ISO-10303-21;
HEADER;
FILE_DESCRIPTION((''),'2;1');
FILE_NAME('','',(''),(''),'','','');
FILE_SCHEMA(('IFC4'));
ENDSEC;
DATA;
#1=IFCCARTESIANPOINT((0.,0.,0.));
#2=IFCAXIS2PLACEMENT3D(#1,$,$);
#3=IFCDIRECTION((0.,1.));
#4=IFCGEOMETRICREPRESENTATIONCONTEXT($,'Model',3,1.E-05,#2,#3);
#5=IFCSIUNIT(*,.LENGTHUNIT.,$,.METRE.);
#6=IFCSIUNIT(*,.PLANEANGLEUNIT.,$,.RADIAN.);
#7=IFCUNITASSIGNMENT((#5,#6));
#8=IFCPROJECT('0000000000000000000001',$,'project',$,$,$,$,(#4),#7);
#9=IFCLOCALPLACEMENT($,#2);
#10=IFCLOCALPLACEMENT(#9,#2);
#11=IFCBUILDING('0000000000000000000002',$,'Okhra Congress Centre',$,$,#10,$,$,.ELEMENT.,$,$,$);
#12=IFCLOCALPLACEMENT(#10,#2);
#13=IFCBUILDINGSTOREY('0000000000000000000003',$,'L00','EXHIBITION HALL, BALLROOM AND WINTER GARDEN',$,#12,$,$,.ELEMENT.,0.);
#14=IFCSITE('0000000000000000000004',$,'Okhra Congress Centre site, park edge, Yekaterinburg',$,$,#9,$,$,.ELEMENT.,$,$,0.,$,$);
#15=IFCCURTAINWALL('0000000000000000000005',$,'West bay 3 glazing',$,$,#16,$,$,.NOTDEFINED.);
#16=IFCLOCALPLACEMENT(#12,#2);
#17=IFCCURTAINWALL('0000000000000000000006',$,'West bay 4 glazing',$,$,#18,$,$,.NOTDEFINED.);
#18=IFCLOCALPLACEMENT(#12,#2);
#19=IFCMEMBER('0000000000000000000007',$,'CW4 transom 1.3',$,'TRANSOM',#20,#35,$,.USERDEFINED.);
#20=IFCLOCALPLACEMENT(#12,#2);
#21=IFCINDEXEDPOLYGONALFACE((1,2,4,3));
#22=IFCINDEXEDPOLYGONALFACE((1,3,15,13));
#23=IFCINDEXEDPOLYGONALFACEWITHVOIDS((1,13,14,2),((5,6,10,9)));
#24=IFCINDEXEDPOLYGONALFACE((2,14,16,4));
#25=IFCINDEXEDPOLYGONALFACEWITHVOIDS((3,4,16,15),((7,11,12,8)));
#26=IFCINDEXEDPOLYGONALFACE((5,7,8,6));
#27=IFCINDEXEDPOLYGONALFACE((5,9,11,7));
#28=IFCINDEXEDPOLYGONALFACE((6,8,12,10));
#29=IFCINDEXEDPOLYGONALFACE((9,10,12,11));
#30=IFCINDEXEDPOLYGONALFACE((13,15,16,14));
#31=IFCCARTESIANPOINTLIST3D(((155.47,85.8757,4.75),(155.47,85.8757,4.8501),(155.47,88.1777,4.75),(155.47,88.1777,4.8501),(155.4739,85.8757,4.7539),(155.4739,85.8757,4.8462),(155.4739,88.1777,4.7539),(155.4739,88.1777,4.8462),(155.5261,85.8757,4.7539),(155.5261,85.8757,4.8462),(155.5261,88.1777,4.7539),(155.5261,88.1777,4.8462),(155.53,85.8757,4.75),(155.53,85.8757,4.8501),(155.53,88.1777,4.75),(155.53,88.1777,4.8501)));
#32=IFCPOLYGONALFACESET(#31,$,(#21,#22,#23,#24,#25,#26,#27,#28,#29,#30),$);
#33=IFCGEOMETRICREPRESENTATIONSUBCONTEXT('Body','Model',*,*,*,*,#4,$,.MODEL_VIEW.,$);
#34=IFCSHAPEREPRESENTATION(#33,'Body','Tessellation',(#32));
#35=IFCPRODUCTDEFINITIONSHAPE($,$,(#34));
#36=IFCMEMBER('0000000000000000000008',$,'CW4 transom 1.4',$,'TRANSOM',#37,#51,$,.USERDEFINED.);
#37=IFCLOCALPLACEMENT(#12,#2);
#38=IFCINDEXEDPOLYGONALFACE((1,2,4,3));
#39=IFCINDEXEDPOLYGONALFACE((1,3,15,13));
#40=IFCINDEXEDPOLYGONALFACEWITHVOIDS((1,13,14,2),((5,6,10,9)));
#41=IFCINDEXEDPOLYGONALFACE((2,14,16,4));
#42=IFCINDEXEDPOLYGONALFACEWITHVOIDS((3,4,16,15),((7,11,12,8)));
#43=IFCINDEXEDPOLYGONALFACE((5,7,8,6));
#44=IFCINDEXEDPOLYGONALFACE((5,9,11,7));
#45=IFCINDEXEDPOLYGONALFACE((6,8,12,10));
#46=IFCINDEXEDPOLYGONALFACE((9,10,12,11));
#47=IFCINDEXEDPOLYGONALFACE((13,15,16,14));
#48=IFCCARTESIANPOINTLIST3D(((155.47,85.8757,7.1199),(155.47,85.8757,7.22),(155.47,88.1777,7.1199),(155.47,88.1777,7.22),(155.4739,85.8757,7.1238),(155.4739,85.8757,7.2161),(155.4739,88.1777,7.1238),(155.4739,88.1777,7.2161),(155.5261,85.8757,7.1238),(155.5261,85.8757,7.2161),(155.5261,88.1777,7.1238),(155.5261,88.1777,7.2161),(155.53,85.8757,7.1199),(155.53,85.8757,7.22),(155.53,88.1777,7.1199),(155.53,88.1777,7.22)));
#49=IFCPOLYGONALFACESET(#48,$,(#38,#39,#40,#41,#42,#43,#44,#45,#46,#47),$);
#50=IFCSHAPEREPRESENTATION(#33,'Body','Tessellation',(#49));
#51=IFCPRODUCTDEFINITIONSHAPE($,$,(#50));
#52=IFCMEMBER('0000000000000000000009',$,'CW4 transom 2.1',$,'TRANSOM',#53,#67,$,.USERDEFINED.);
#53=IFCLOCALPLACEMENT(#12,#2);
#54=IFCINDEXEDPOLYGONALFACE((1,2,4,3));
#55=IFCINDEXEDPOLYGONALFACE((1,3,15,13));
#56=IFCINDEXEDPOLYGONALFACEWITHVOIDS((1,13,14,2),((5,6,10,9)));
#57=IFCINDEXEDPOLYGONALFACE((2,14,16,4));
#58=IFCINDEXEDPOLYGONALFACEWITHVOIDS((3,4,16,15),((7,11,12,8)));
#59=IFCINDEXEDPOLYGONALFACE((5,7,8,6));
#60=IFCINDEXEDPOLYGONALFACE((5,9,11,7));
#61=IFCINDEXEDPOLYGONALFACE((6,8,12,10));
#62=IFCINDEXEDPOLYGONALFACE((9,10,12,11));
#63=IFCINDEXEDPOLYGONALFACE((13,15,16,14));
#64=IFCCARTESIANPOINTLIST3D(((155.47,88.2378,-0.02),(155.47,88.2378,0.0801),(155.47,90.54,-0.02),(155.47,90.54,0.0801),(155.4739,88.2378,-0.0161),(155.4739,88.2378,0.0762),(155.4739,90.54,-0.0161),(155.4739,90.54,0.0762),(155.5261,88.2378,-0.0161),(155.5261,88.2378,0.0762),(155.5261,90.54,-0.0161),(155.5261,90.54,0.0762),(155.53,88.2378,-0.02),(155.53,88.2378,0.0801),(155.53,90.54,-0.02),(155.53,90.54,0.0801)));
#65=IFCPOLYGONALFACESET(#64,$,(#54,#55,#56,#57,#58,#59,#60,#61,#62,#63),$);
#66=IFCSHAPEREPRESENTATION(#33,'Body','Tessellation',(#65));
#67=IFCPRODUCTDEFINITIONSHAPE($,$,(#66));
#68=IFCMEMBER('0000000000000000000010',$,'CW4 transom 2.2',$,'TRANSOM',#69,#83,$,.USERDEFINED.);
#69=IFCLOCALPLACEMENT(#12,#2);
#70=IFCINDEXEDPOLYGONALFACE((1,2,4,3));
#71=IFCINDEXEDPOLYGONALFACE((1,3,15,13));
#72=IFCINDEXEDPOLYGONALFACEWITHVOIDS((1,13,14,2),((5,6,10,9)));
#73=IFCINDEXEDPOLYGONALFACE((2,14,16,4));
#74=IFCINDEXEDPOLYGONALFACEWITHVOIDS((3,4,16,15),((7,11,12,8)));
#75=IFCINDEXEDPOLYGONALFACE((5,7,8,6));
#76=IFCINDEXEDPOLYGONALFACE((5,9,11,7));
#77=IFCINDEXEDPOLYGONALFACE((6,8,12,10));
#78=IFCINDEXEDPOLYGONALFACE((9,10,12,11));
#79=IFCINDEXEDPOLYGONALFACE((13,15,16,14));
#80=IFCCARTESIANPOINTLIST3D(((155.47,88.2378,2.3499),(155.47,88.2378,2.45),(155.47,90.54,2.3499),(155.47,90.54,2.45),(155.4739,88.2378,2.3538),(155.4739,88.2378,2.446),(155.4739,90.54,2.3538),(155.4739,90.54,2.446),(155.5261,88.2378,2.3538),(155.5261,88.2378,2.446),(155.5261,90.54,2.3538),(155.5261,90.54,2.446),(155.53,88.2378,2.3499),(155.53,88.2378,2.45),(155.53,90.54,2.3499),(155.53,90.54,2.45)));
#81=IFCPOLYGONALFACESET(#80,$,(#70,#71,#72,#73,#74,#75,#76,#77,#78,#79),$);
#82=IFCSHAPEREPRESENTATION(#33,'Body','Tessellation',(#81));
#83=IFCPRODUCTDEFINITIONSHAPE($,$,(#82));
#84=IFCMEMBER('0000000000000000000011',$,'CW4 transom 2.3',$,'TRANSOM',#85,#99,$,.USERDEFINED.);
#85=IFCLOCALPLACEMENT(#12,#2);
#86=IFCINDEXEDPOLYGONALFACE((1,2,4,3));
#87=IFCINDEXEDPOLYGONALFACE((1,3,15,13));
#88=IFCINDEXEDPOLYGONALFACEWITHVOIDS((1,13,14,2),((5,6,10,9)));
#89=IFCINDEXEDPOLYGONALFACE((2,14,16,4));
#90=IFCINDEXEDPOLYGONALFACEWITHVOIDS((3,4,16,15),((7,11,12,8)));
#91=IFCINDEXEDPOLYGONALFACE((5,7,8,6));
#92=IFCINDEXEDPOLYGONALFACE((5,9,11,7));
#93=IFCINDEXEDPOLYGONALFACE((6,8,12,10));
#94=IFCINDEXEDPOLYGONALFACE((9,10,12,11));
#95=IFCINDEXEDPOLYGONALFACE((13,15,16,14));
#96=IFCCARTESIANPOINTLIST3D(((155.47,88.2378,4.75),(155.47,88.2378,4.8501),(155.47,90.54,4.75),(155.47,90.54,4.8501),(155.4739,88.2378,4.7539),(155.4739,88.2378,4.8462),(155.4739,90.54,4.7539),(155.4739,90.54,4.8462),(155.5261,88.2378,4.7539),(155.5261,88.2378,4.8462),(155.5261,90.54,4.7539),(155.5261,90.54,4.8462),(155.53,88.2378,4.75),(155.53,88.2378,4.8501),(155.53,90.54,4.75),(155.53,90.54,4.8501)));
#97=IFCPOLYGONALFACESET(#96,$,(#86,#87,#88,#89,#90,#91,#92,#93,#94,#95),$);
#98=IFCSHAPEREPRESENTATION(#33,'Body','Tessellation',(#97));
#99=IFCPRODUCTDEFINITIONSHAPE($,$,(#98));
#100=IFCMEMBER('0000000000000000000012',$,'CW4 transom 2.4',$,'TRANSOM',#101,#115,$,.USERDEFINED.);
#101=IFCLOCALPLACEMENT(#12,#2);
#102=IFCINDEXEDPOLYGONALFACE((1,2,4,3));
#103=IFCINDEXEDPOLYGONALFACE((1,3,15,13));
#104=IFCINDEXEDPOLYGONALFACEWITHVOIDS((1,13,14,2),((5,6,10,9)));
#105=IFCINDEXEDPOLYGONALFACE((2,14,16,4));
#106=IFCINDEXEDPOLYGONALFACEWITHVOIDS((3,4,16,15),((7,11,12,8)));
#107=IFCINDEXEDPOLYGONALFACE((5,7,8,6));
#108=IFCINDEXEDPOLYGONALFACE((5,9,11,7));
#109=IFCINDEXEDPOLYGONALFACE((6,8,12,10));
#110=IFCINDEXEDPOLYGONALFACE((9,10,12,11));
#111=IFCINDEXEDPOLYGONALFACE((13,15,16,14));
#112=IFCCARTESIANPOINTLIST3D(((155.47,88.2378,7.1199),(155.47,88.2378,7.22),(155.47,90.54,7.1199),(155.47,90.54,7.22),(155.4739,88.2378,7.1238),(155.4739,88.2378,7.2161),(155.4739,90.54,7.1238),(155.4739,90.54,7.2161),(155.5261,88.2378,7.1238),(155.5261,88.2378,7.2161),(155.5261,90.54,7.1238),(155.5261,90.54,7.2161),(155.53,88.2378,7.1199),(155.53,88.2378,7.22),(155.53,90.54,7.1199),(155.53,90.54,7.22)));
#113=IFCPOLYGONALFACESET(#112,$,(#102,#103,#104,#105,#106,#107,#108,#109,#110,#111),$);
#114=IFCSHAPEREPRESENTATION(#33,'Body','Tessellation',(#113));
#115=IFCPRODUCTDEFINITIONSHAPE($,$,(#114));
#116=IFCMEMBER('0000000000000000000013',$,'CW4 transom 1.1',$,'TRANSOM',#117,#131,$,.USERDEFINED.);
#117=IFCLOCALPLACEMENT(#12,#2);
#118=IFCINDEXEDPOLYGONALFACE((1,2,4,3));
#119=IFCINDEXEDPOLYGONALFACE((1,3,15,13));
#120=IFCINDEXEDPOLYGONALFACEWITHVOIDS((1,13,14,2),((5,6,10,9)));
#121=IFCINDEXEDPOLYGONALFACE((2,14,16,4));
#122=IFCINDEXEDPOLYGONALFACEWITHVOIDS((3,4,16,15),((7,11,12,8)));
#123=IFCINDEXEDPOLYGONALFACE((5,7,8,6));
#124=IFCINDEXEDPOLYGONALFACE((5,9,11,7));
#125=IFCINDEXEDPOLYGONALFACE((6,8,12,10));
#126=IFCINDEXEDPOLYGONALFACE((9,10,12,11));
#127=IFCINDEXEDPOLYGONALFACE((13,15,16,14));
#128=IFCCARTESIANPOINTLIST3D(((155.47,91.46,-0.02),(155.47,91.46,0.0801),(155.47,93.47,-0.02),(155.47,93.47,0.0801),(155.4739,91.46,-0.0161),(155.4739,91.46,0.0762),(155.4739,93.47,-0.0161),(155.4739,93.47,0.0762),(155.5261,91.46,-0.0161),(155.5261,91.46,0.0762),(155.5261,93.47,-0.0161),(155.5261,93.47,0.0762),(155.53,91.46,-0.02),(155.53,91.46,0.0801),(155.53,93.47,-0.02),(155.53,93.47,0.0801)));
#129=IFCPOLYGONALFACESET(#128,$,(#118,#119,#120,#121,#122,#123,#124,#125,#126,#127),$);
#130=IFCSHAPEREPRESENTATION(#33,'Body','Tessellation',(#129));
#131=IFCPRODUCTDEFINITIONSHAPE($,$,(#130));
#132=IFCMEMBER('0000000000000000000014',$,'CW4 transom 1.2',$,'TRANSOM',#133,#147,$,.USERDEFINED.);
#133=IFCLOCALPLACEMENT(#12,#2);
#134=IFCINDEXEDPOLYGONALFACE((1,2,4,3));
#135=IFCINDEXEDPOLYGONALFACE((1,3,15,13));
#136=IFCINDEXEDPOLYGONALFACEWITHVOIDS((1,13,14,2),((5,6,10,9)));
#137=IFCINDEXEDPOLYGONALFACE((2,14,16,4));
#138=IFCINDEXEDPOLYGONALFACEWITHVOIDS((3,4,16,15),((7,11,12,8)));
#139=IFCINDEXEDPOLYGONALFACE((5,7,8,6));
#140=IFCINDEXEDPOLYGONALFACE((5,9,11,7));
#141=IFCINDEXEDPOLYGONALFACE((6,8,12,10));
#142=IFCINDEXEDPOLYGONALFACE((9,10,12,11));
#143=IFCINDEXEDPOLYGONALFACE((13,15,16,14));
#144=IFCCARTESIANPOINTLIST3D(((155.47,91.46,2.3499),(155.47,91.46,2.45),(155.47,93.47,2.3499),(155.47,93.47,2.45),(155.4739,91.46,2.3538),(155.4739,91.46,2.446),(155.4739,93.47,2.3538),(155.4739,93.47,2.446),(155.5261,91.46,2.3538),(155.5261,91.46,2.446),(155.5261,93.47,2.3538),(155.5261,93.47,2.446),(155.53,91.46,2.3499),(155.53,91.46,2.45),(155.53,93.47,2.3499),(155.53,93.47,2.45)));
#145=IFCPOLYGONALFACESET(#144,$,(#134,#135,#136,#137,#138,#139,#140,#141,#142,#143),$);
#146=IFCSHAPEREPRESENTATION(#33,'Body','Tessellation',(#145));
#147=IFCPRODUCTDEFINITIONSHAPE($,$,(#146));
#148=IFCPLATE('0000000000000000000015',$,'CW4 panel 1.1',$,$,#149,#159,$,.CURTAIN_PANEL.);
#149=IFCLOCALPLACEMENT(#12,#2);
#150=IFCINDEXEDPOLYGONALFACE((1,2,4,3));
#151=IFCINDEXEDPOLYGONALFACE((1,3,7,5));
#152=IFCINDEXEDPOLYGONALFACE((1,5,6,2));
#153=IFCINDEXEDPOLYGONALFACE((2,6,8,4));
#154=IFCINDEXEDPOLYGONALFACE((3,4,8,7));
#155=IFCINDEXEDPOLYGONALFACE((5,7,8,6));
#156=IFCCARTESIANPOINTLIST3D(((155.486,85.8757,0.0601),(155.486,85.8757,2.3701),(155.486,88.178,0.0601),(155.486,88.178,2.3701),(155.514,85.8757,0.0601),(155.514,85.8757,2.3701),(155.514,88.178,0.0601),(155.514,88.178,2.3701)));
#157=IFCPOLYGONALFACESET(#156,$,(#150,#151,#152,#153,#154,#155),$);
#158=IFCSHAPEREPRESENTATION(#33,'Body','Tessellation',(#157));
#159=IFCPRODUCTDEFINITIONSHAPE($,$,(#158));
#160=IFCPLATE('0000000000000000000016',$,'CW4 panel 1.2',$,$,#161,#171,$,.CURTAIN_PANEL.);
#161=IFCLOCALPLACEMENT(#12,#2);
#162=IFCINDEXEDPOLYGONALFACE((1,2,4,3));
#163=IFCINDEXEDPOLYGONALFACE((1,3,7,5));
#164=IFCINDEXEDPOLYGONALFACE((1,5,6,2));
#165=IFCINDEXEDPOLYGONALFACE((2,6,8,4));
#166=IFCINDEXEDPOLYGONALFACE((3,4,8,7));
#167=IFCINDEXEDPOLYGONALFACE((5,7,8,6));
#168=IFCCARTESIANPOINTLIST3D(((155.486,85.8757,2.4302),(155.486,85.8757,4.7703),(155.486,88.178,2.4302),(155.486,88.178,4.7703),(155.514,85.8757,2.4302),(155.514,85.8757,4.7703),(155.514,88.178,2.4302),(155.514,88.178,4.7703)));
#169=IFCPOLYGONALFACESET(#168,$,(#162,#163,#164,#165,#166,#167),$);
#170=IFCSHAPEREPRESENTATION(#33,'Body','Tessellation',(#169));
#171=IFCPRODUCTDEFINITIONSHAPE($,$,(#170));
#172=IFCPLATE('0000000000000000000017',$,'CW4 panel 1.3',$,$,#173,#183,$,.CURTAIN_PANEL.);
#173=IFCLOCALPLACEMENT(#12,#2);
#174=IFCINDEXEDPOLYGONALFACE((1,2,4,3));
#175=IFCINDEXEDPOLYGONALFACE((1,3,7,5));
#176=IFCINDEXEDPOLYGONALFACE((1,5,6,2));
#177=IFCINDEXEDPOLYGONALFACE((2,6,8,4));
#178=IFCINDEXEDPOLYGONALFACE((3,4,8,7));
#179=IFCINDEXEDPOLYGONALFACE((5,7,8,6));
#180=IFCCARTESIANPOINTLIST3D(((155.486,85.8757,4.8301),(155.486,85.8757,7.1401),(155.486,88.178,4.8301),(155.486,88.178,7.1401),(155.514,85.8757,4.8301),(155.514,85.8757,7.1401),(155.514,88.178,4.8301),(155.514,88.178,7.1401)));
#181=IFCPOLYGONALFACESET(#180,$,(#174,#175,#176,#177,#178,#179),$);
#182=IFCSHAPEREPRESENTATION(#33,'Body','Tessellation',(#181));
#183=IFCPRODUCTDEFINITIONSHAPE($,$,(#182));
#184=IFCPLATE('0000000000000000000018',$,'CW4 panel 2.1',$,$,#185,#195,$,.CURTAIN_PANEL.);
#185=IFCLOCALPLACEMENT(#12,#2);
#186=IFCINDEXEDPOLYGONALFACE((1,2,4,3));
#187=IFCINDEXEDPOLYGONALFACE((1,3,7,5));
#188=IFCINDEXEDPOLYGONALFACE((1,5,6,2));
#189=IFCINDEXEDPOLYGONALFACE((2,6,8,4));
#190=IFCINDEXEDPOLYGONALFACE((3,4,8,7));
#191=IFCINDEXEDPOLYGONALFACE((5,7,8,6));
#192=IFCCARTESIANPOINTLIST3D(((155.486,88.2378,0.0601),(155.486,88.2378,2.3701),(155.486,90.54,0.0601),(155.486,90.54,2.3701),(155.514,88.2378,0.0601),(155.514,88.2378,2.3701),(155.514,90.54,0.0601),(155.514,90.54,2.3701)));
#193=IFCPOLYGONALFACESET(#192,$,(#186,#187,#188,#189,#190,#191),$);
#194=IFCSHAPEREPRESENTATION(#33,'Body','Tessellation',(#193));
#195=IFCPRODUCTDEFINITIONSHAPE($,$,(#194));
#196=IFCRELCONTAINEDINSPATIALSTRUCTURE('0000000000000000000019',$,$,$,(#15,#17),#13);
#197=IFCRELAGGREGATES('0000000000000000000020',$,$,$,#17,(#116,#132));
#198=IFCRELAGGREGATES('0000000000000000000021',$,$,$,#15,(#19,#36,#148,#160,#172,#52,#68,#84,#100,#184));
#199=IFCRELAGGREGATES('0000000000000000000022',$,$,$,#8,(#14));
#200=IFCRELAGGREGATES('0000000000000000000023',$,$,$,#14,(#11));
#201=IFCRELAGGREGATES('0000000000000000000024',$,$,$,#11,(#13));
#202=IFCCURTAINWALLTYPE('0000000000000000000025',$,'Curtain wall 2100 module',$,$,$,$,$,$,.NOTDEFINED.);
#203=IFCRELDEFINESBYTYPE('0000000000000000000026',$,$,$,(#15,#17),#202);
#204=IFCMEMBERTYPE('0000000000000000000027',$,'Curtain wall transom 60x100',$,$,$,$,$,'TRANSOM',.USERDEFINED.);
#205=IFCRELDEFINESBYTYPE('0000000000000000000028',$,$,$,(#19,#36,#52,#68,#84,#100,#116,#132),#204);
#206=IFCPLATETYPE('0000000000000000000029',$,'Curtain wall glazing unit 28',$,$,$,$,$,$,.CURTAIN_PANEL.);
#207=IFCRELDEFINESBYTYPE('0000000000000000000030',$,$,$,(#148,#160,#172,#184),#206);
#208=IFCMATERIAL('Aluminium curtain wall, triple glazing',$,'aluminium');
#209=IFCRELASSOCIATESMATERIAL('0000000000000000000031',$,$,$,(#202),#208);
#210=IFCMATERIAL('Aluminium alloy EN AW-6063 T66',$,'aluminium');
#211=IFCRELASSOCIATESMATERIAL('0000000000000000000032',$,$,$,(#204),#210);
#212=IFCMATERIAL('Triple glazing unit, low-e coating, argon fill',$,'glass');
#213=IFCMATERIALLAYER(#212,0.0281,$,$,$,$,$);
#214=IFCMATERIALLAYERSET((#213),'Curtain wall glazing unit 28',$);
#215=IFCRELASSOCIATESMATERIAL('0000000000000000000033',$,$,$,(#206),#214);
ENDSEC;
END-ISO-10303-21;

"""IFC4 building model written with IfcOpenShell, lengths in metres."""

from ifc_helpers import new_model, si_unit, direction, frame, origin, origin_2d, place, context, subcontext, project, spatial, rectangle, hollow_rectangle, extrude, material, layer, layer_set, material_profile, profile_set, type_object, element, aggregate, save


model = new_model("IFC4")

# Units and contexts
model_context = context("Model", 3, precision=1e-05, world=origin(), true_north=direction((0.0, 1.0)))
body_context = subcontext(model_context, "Body", "Model", "MODEL_VIEW")
ifc_project = project(units=[si_unit("LENGTHUNIT", "METRE"), si_unit("PLANEANGLEUNIT", "RADIAN")], contexts=[model_context])

# Site, building, storey
site_placement = place(None, origin())
site = spatial("IfcSite", under=ifc_project, at=site_placement, Name="Okhra Congress Centre site, park edge, Yekaterinburg", CompositionType="ELEMENT", RefElevation=0.0)
building_placement = place(site_placement, origin())
building = spatial("IfcBuilding", under=site, at=building_placement, Name="Okhra Congress Centre", CompositionType="ELEMENT")
storey_placement = place(building_placement, origin())
storey = spatial("IfcBuildingStorey", under=building, at=storey_placement, Name="L00", Description="EXHIBITION HALL, BALLROOM AND WINTER GARDEN", CompositionType="ELEMENT", Elevation=0.0)

# Curtain wall
ifc_material_1 = material(Name="Aluminium curtain wall, triple glazing", Category="aluminium")
curtain_wall_type = type_object("IfcCurtainWallType", Name="Curtain wall 2100 module", PredefinedType="NOTDEFINED", material=ifc_material_1)
curtain_wall_1_placement = place(storey_placement, origin())
curtain_wall_1 = element("IfcCurtainWall", 1, at=curtain_wall_1_placement, inside=storey, type_object=curtain_wall_type, Name="West bay 3 glazing", PredefinedType="NOTDEFINED")
ifc_material_2 = material(Name="Aluminium alloy EN AW-6063 T66", Category="aluminium")

# Curtain wall
curtain_wall_2_placement = place(storey_placement, origin())
curtain_wall_2 = element("IfcCurtainWall", 2, at=curtain_wall_2_placement, inside=storey, type_object=curtain_wall_type, Name="West bay 4 glazing", PredefinedType="NOTDEFINED")

# Members
ifc_material_profile_1 = material_profile(ifc_material_2, hollow_rectangle(XDim=0.0601, YDim=0.1001, WallThickness=0.0039, at=origin_2d()), Name="RHS 60x100x4")
ifc_profile_set_1 = profile_set([ifc_material_profile_1], Name="Aluminium alloy EN AW-6063 T66")
member_type_1 = type_object("IfcMemberType", Name="Curtain wall transom 60x100", ElementType="TRANSOM", PredefinedType="USERDEFINED", material=ifc_profile_set_1)
member_1_placement = place(storey_placement, frame((155.5, 85.8757, 4.8), z_axis=(0.0, 1.0, 0.0), x_axis=(-1.0, 0.0, 0.0)))
member_1 = element("IfcMember", 3, at=member_1_placement, type_object=member_type_1, Name="CW4 transom 1.3", ObjectType="TRANSOM", PredefinedType="USERDEFINED", context=body_context, shape_type="SweptSolid", body=[
    extrude(hollow_rectangle(XDim=0.0601, YDim=0.1001, WallThickness=0.0039, at=origin_2d()), origin(), (0.0, 0.0, 1.0), 2.302),
])
member_2_placement = place(storey_placement, frame((155.5, 85.8757, 7.1699), z_axis=(0.0, 1.0, 0.0), x_axis=(-1.0, 0.0, 0.0)))
member_2 = element("IfcMember", 4, at=member_2_placement, type_object=member_type_1, Name="CW4 transom 1.4", ObjectType="TRANSOM", PredefinedType="USERDEFINED", context=body_context, shape_type="SweptSolid", body=[
    extrude(hollow_rectangle(XDim=0.0601, YDim=0.1001, WallThickness=0.0039, at=origin_2d()), origin(), (0.0, 0.0, 1.0), 2.302),
])
member_3_placement = place(storey_placement, frame((155.5, 88.2378, 0.03), z_axis=(0.0, 1.0, 0.0), x_axis=(-1.0, 0.0, 0.0)))
member_3 = element("IfcMember", 5, at=member_3_placement, type_object=member_type_1, Name="CW4 transom 2.1", ObjectType="TRANSOM", PredefinedType="USERDEFINED", context=body_context, shape_type="SweptSolid", body=[
    extrude(hollow_rectangle(XDim=0.0601, YDim=0.1001, WallThickness=0.0039, at=origin_2d()), origin(), (0.0, 0.0, 1.0), 2.3022),
])
member_4_placement = place(storey_placement, frame((155.5, 88.2378, 2.3999), z_axis=(0.0, 1.0, 0.0), x_axis=(-1.0, 0.0, 0.0)))
member_4 = element("IfcMember", 6, at=member_4_placement, type_object=member_type_1, Name="CW4 transom 2.2", ObjectType="TRANSOM", PredefinedType="USERDEFINED", context=body_context, shape_type="SweptSolid", body=[
    extrude(hollow_rectangle(XDim=0.0601, YDim=0.1001, WallThickness=0.0039, at=origin_2d()), origin(), (0.0, 0.0, 1.0), 2.3022),
])
member_5_placement = place(storey_placement, frame((155.5, 88.2378, 4.8), z_axis=(0.0, 1.0, 0.0), x_axis=(-1.0, 0.0, 0.0)))
member_5 = element("IfcMember", 7, at=member_5_placement, type_object=member_type_1, Name="CW4 transom 2.3", ObjectType="TRANSOM", PredefinedType="USERDEFINED", context=body_context, shape_type="SweptSolid", body=[
    extrude(hollow_rectangle(XDim=0.0601, YDim=0.1001, WallThickness=0.0039, at=origin_2d()), origin(), (0.0, 0.0, 1.0), 2.3022),
])
member_6_placement = place(storey_placement, frame((155.5, 88.2378, 7.1699), z_axis=(0.0, 1.0, 0.0), x_axis=(-1.0, 0.0, 0.0)))
member_6 = element("IfcMember", 8, at=member_6_placement, type_object=member_type_1, Name="CW4 transom 2.4", ObjectType="TRANSOM", PredefinedType="USERDEFINED", context=body_context, shape_type="SweptSolid", body=[
    extrude(hollow_rectangle(XDim=0.0601, YDim=0.1001, WallThickness=0.0039, at=origin_2d()), origin(), (0.0, 0.0, 1.0), 2.3022),
])
member_7_placement = place(storey_placement, frame((155.5, 91.46, 0.03), z_axis=(0.0, 1.0, 0.0), x_axis=(-1.0, 0.0, 0.0)))
member_7 = element("IfcMember", 9, at=member_7_placement, type_object=member_type_1, Name="CW4 transom 1.1", ObjectType="TRANSOM", PredefinedType="USERDEFINED", context=body_context, shape_type="SweptSolid", body=[
    extrude(hollow_rectangle(XDim=0.0601, YDim=0.1001, WallThickness=0.0039, at=origin_2d()), origin(), (0.0, 0.0, 1.0), 2.01),
])
member_8_placement = place(storey_placement, frame((155.5, 91.46, 2.3999), z_axis=(0.0, 1.0, 0.0), x_axis=(-1.0, 0.0, 0.0)))
member_8 = element("IfcMember", 10, at=member_8_placement, type_object=member_type_1, Name="CW4 transom 1.2", ObjectType="TRANSOM", PredefinedType="USERDEFINED", context=body_context, shape_type="SweptSolid", body=[
    extrude(hollow_rectangle(XDim=0.0601, YDim=0.1001, WallThickness=0.0039, at=origin_2d()), origin(), (0.0, 0.0, 1.0), 2.01),
])
aggregate(curtain_wall_2, [member_7, member_8])

# Plates
ifc_material_3 = material(Name="Triple glazing unit, low-e coating, argon fill", Category="glass")
ifc_layer = layer(ifc_material_3, 0.0281)
ifc_layer_set = layer_set([ifc_layer], Name="Curtain wall glazing unit 28")
plate_type = type_object("IfcPlateType", Name="Curtain wall glazing unit 28", PredefinedType="CURTAIN_PANEL", material=ifc_layer_set)
plate_1_placement = place(storey_placement, frame((155.5, 87.0269, 0.0601), z_axis=(0.0, 0.0, 1.0), x_axis=(0.0, 1.0, 0.0)))
plate_1 = element("IfcPlate", 11, at=plate_1_placement, type_object=plate_type, Name="CW4 panel 1.1", PredefinedType="CURTAIN_PANEL", context=body_context, shape_type="SweptSolid", body=[
    extrude(rectangle(XDim=2.3022, YDim=0.0281, at=origin_2d()), origin(), (0.0, 0.0, 1.0), 2.3101),
])
plate_2_placement = place(storey_placement, frame((155.5, 87.0269, 2.4302), z_axis=(0.0, 0.0, 1.0), x_axis=(0.0, 1.0, 0.0)))
plate_2 = element("IfcPlate", 12, at=plate_2_placement, type_object=plate_type, Name="CW4 panel 1.2", PredefinedType="CURTAIN_PANEL", context=body_context, shape_type="SweptSolid", body=[
    extrude(rectangle(XDim=2.3022, YDim=0.0281, at=origin_2d()), origin(), (0.0, 0.0, 1.0), 2.3401),
])
plate_3_placement = place(storey_placement, frame((155.5, 87.0269, 4.8301), z_axis=(0.0, 0.0, 1.0), x_axis=(0.0, 1.0, 0.0)))
plate_3 = element("IfcPlate", 13, at=plate_3_placement, type_object=plate_type, Name="CW4 panel 1.3", PredefinedType="CURTAIN_PANEL", context=body_context, shape_type="SweptSolid", body=[
    extrude(rectangle(XDim=2.3022, YDim=0.0281, at=origin_2d()), origin(), (0.0, 0.0, 1.0), 2.3101),
])
plate_4_placement = place(storey_placement, frame((155.5, 89.3889, 0.0601), z_axis=(0.0, 0.0, 1.0), x_axis=(0.0, 1.0, 0.0)))
plate_4 = element("IfcPlate", 14, at=plate_4_placement, type_object=plate_type, Name="CW4 panel 2.1", PredefinedType="CURTAIN_PANEL", context=body_context, shape_type="SweptSolid", body=[
    extrude(rectangle(XDim=2.3022, YDim=0.0281, at=origin_2d()), origin(), (0.0, 0.0, 1.0), 2.3101),
])
aggregate(curtain_wall_1, [member_1, member_2, plate_1, plate_2, plate_3, member_3, member_4, member_5, member_6, plate_4])

save(model, "model.ifc")
